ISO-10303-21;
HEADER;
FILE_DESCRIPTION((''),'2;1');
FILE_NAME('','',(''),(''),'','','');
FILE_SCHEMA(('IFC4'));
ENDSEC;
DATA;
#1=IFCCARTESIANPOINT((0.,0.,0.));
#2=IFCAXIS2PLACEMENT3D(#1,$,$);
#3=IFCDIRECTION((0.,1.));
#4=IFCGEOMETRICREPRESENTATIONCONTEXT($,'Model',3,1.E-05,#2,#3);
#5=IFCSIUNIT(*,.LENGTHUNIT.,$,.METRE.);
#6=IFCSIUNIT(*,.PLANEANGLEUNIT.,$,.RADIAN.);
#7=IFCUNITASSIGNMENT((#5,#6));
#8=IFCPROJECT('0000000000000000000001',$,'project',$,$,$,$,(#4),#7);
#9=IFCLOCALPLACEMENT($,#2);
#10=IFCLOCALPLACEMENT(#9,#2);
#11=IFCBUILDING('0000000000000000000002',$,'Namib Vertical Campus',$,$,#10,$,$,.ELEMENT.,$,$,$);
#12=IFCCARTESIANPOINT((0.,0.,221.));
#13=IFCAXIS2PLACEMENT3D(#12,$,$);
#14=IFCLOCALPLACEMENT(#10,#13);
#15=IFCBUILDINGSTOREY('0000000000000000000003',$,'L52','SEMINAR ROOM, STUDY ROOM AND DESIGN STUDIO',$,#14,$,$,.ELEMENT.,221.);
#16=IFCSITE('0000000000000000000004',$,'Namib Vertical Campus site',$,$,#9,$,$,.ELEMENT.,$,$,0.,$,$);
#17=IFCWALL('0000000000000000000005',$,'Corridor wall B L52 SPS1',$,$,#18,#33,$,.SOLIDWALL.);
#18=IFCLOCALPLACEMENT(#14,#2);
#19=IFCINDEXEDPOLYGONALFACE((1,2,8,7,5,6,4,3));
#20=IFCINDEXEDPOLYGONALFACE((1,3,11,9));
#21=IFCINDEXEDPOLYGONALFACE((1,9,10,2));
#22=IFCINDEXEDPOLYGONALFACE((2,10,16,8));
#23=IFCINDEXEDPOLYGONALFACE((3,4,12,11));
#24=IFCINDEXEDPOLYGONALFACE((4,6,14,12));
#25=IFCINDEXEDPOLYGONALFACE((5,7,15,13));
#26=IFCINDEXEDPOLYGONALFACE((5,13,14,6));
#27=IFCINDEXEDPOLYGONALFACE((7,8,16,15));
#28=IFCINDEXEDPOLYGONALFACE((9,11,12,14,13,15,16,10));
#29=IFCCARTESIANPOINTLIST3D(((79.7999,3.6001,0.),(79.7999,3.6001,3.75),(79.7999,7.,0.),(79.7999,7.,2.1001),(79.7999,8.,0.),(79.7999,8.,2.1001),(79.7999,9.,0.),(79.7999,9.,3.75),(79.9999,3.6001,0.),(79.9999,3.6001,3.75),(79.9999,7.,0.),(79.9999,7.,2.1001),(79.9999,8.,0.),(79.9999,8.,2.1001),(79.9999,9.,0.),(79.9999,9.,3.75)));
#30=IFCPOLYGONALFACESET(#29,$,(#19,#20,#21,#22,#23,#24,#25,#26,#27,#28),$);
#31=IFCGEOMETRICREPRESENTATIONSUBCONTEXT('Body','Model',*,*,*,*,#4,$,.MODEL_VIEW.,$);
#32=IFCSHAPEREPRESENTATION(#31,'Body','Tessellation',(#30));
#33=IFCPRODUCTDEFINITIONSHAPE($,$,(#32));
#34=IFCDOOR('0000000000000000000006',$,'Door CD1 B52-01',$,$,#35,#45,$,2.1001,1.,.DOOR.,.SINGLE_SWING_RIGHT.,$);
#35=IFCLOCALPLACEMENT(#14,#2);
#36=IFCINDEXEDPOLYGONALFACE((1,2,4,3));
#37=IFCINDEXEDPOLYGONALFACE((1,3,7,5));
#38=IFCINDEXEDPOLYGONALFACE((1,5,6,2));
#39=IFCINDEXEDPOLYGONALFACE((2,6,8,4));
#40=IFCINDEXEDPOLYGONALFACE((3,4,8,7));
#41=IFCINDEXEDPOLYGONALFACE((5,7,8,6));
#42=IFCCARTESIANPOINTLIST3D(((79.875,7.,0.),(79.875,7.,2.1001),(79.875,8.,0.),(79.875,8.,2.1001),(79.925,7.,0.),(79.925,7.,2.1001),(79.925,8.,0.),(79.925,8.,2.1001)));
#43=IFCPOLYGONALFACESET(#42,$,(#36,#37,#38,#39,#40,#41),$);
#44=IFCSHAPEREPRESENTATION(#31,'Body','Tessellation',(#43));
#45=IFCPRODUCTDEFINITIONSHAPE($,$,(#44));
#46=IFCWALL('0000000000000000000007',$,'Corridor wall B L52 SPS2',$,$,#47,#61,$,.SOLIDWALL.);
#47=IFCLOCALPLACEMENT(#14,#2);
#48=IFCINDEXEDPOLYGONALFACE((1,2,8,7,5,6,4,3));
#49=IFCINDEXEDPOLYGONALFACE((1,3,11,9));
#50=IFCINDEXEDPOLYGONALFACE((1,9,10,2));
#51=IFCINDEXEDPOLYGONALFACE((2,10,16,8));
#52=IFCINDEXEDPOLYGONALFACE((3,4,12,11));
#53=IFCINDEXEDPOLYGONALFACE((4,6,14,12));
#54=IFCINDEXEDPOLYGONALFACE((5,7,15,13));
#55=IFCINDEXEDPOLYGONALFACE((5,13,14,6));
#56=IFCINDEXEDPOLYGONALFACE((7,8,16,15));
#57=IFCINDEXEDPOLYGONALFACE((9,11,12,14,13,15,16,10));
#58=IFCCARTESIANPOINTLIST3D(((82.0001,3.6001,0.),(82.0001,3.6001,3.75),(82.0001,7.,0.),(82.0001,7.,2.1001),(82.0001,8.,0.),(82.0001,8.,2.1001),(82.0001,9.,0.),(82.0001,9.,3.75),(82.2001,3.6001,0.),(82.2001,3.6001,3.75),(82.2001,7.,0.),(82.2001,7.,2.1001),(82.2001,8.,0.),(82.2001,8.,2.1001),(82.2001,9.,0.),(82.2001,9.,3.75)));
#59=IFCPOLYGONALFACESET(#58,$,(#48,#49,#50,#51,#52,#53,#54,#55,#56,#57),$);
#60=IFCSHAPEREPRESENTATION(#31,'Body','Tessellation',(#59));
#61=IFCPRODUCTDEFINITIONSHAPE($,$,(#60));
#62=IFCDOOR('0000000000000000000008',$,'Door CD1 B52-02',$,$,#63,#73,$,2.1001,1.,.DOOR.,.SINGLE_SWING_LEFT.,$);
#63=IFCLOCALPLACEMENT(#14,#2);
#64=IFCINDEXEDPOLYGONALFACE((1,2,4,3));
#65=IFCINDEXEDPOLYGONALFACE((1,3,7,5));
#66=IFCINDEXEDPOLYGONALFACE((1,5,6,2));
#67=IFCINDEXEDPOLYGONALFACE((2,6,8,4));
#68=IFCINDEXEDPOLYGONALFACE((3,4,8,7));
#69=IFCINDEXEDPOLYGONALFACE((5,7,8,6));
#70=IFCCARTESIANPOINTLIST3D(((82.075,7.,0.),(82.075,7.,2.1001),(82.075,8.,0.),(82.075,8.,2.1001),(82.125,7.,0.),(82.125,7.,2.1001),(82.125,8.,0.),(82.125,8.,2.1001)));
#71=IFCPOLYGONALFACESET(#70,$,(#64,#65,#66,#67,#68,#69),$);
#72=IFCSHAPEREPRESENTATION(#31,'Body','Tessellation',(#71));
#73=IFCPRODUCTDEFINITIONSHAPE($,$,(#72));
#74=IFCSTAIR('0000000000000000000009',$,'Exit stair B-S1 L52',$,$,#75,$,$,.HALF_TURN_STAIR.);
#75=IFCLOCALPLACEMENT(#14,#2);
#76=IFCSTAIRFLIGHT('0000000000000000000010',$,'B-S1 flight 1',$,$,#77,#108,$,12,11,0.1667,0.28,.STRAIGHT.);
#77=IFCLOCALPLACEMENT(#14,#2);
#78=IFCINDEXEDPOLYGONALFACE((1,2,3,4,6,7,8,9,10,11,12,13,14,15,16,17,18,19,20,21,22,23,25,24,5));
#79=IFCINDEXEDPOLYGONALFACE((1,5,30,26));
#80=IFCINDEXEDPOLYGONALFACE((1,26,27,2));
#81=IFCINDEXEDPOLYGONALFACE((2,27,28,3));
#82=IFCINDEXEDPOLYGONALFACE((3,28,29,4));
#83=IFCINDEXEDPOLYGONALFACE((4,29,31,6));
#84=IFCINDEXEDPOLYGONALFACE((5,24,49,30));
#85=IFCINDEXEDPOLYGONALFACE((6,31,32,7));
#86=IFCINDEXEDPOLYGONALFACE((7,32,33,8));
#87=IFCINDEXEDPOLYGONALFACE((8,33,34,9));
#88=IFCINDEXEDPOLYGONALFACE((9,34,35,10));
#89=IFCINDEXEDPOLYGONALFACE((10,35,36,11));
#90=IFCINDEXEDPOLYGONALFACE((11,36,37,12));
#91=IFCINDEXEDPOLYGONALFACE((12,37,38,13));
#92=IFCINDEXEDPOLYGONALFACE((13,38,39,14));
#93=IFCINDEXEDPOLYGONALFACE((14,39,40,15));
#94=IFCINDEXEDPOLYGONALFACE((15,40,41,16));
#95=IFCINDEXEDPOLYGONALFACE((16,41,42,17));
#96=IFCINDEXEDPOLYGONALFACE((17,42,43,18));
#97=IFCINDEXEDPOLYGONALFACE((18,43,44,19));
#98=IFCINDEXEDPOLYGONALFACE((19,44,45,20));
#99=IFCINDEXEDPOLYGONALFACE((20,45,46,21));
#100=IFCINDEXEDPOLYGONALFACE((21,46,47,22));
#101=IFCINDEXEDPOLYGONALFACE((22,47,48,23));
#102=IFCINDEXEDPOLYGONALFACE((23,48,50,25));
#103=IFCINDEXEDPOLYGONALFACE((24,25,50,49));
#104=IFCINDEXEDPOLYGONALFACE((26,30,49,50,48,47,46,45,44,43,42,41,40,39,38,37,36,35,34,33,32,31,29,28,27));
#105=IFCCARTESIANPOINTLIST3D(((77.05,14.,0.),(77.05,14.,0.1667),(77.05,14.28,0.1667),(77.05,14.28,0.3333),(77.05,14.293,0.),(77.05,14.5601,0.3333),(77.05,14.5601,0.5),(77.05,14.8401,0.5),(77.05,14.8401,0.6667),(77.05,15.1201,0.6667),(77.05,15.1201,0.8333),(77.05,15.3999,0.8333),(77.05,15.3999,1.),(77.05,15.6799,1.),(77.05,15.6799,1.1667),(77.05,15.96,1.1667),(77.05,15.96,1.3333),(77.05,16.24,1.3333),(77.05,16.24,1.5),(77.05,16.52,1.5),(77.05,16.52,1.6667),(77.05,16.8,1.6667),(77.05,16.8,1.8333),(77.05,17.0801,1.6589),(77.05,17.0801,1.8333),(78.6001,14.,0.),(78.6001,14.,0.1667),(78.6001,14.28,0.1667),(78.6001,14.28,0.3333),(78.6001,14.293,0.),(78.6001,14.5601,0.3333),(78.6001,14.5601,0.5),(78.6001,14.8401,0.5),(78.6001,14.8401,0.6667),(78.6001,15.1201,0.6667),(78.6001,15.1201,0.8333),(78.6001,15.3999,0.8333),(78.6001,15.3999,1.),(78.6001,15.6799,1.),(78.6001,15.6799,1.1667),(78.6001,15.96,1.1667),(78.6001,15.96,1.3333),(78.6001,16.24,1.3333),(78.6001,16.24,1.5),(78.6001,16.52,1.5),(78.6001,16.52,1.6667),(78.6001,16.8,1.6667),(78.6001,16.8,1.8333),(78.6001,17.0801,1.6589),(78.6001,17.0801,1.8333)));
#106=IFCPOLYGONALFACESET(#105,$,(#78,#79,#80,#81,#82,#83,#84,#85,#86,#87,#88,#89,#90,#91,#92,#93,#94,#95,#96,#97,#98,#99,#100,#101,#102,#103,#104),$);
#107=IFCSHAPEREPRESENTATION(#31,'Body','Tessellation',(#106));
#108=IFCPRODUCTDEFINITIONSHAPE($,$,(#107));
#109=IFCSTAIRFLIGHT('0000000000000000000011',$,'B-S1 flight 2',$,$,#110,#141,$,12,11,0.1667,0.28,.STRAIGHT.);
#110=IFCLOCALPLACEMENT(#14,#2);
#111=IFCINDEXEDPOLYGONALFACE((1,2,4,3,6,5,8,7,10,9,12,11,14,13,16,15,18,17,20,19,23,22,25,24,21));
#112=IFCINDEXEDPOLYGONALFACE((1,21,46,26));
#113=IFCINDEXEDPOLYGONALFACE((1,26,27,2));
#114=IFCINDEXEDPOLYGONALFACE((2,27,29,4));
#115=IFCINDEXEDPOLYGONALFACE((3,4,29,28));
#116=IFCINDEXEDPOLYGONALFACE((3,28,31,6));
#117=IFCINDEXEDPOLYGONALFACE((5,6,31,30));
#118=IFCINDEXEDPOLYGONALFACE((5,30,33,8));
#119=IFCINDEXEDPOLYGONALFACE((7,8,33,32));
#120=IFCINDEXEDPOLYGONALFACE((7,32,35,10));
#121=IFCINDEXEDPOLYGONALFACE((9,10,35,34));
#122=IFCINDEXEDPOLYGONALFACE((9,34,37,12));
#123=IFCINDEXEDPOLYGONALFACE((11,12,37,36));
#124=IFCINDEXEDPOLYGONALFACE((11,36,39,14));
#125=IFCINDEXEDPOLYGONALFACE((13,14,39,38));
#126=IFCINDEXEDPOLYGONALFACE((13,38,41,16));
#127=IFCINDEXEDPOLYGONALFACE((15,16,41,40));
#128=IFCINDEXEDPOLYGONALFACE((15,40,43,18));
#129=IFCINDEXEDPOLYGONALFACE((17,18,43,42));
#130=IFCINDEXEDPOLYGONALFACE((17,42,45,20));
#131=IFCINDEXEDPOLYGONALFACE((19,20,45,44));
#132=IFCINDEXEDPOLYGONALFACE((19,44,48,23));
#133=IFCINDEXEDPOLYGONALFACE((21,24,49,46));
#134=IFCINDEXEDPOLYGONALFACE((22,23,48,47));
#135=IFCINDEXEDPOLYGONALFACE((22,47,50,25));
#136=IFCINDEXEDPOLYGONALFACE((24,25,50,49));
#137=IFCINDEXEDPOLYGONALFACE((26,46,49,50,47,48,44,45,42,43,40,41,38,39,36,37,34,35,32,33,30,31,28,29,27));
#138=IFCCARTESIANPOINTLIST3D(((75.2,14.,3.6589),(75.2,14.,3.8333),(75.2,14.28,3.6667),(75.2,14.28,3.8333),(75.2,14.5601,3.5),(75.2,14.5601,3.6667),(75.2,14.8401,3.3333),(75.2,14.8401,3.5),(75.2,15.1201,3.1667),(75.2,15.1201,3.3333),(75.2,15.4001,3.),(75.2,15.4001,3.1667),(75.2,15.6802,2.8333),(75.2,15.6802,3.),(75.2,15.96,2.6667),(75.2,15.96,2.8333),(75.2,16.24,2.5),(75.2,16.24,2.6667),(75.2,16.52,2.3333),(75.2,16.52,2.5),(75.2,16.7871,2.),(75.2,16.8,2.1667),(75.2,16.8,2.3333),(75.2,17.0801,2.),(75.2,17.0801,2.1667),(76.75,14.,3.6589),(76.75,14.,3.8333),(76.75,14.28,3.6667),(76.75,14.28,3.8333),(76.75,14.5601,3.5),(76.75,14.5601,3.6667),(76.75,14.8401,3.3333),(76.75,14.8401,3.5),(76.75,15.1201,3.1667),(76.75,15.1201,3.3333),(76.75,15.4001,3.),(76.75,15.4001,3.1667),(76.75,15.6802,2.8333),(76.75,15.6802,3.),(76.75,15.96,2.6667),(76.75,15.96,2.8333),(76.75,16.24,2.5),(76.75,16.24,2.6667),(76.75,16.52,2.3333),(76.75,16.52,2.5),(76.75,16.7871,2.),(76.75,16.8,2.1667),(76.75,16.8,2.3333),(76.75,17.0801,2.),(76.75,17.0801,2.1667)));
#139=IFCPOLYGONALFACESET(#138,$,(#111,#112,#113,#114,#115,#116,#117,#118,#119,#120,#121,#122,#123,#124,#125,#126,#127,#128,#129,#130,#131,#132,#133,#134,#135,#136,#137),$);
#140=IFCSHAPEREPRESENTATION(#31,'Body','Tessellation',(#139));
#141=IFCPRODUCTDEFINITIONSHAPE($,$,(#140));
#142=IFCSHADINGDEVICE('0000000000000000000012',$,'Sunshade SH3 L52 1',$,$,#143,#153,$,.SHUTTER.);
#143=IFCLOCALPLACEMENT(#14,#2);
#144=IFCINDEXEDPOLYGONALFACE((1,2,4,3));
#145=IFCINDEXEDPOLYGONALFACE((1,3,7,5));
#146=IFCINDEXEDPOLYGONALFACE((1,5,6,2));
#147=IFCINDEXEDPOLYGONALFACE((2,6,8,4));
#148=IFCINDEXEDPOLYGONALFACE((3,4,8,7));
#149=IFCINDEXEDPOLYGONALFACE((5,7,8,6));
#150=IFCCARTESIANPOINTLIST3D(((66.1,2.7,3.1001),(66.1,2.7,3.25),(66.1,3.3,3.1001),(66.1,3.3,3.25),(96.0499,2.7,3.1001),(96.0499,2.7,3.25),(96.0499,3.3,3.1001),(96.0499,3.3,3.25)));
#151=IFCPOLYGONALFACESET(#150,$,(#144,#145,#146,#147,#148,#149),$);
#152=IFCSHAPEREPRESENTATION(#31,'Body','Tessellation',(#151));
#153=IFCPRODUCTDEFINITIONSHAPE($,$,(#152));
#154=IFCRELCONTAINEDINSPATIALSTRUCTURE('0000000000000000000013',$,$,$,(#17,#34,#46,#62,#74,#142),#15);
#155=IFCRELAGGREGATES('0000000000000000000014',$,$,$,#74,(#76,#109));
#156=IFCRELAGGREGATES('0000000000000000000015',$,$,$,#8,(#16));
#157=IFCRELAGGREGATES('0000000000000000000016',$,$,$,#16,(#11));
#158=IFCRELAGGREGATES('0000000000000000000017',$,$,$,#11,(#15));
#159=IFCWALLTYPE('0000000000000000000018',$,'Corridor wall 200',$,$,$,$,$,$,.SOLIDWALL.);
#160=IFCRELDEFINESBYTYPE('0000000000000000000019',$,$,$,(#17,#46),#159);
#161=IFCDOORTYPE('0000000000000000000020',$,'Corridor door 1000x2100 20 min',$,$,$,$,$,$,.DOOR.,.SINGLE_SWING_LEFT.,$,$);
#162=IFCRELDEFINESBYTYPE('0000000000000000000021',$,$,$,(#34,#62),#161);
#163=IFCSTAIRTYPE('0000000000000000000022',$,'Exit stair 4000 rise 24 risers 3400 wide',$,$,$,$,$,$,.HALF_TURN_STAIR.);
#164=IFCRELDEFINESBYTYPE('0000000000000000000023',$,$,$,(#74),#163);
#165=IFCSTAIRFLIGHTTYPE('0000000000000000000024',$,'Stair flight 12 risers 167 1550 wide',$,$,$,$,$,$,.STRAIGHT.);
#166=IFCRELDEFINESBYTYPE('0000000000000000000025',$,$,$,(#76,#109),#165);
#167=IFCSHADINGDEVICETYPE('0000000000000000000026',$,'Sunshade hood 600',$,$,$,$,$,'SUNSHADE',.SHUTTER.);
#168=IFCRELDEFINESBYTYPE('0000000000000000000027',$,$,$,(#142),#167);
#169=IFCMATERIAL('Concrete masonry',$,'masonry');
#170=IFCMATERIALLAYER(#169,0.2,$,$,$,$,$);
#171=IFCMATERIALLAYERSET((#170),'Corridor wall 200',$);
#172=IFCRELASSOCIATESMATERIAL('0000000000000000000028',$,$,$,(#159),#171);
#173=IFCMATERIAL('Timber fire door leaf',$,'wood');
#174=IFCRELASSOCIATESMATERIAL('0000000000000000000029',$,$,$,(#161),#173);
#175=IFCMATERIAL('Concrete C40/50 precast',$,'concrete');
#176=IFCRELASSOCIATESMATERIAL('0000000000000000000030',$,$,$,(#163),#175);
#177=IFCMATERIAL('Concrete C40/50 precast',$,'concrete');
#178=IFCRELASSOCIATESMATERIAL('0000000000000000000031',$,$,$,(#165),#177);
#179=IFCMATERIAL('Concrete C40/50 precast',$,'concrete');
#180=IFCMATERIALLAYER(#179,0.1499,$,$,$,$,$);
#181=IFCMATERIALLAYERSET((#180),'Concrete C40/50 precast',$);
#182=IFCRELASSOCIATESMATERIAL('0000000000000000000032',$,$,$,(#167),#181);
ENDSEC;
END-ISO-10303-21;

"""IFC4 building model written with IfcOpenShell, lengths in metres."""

from ifc_helpers import new_model, si_unit, direction, frame, frame_2d, origin, origin_2d, place, context, subcontext, project, spatial, polyline, rectangle, outline, extrude, material, layer, layer_set, type_object, element, fill, aggregate, save


model = new_model("IFC4")

# Units and contexts
model_context = context("Model", 3, precision=1e-05, world=origin(), true_north=direction((0.0, 1.0)))
body_context = subcontext(model_context, "Body", "Model", "MODEL_VIEW")
ifc_project = project(units=[si_unit("LENGTHUNIT", "METRE"), si_unit("PLANEANGLEUNIT", "RADIAN")], contexts=[model_context])

# Site, building, storey
site_placement = place(None, origin())
site = spatial("IfcSite", under=ifc_project, at=site_placement, Name="Namib Vertical Campus site", CompositionType="ELEMENT", RefElevation=0.0)
building_placement = place(site_placement, origin())
building = spatial("IfcBuilding", under=site, at=building_placement, Name="Namib Vertical Campus", CompositionType="ELEMENT")
storey_placement = place(building_placement, frame((0.0, 0.0, 221.0)))
storey = spatial("IfcBuildingStorey", under=building, at=storey_placement, Name="L52", Description="SEMINAR ROOM, STUDY ROOM AND DESIGN STUDIO", CompositionType="ELEMENT", Elevation=221.0)

# Walls, openings, doors
ifc_material_1 = material(Name="Concrete masonry", Category="masonry")
ifc_layer_1 = layer(ifc_material_1, 0.2)
ifc_layer_set_1 = layer_set([ifc_layer_1], Name="Corridor wall 200")
wall_type_1 = type_object("IfcWallType", Name="Corridor wall 200", PredefinedType="SOLIDWALL", material=ifc_layer_set_1)
wall_1_placement = place(storey_placement, frame((79.8999, 3.6001, 0.0), z_axis=(0.0, 0.0, 1.0), x_axis=(0.0, 1.0, 0.0)))
wall_1 = element("IfcWall", 1, at=wall_1_placement, inside=storey, type_object=wall_type_1, Name="Corridor wall B L52 SPS1", PredefinedType="SOLIDWALL", context=body_context, shape_type="SweptSolid", body=[
    extrude(rectangle(XDim=5.3999, YDim=0.2, at=frame_2d((2.7, 0.0))), origin(), (0.0, 0.0, 1.0), 3.75),
])
opening_1_placement = place(wall_1_placement, frame((3.3999, 0.0, 0.0)))
opening_1 = element("IfcOpeningElement", 2, at=opening_1_placement, cuts=wall_1, PredefinedType="OPENING", context=body_context, shape_type="SweptSolid", body=[
    extrude(rectangle(XDim=1.0, YDim=2.1001, at=frame_2d((0.5, 1.05))), frame((0.0, 0.1099, 0.0), z_axis=(0.0, -1.0, 0.0), x_axis=(1.0, 0.0, 0.0)), (0.0, 0.0, 1.0), 0.22),
])
ifc_material_2 = material(Name="Timber fire door leaf", Category="wood")
door_type_1 = type_object("IfcDoorType", Name="Corridor door 1000x2100 20 min", OperationType="SINGLE_SWING_LEFT", PredefinedType="DOOR", material=ifc_material_2)
door_1_placement = place(opening_1_placement, origin())
door_1 = element("IfcDoor", 3, at=door_1_placement, inside=storey, type_object=door_type_1, Name="Door CD1 B52-01", OperationType="SINGLE_SWING_RIGHT", OverallHeight=2.1001, OverallWidth=1.0, PredefinedType="DOOR", context=body_context, shape_type="SweptSolid", body=[
    extrude(rectangle(XDim=1.0, YDim=2.1001, at=frame_2d((0.5, 1.05))), frame((0.0, 0.0249, 0.0), z_axis=(0.0, -1.0, 0.0), x_axis=(1.0, 0.0, 0.0)), (0.0, 0.0, 1.0), 0.05),
])
fill(opening_1, door_1)
wall_2_placement = place(storey_placement, frame((82.1001, 9.0, 0.0), z_axis=(0.0, 0.0, 1.0), x_axis=(0.0, -1.0, 0.0)))
wall_2 = element("IfcWall", 4, at=wall_2_placement, inside=storey, type_object=wall_type_1, Name="Corridor wall B L52 SPS2", PredefinedType="SOLIDWALL", context=body_context, shape_type="SweptSolid", body=[
    extrude(rectangle(XDim=5.3999, YDim=0.2, at=frame_2d((2.7, 0.0))), origin(), (0.0, 0.0, 1.0), 3.75),
])
opening_2_placement = place(wall_2_placement, frame((1.0, 0.0, 0.0)))
opening_2 = element("IfcOpeningElement", 5, at=opening_2_placement, cuts=wall_2, PredefinedType="OPENING", context=body_context, shape_type="SweptSolid", body=[
    extrude(rectangle(XDim=1.0, YDim=2.1001, at=frame_2d((0.5, 1.05))), frame((0.0, 0.1099, 0.0), z_axis=(0.0, -1.0, 0.0), x_axis=(1.0, 0.0, 0.0)), (0.0, 0.0, 1.0), 0.22),
])
door_2_placement = place(opening_2_placement, origin())
door_2 = element("IfcDoor", 6, at=door_2_placement, inside=storey, type_object=door_type_1, Name="Door CD1 B52-02", OperationType="SINGLE_SWING_LEFT", OverallHeight=2.1001, OverallWidth=1.0, PredefinedType="DOOR", context=body_context, shape_type="SweptSolid", body=[
    extrude(rectangle(XDim=1.0, YDim=2.1001, at=frame_2d((0.5, 1.05))), frame((0.0, 0.0249, 0.0), z_axis=(0.0, -1.0, 0.0), x_axis=(1.0, 0.0, 0.0)), (0.0, 0.0, 1.0), 0.05),
])
fill(opening_2, door_2)

# Stair, stair flights
ifc_material_3 = material(Name="Concrete C40/50 precast", Category="concrete")
stair_type = type_object("IfcStairType", Name="Exit stair 4000 rise 24 risers 3400 wide", PredefinedType="HALF_TURN_STAIR", material=ifc_material_3)
stair_placement = place(storey_placement, origin())
stair = element("IfcStair", 7, at=stair_placement, inside=storey, type_object=stair_type, Name="Exit stair B-S1 L52", PredefinedType="HALF_TURN_STAIR")
ifc_material_4 = material(Name="Concrete C40/50 precast", Category="concrete")
stair_flight_type = type_object("IfcStairFlightType", Name="Stair flight 12 risers 167 1550 wide", PredefinedType="STRAIGHT", material=ifc_material_4)
stair_flight_1_placement = place(storey_placement, frame((77.825, 14.0, 0.0), z_axis=(0.0, 0.0, 1.0), x_axis=(0.0, 1.0, 0.0)))
stair_flight_1 = element("IfcStairFlight", 8, at=stair_flight_1_placement, type_object=stair_flight_type, Name="B-S1 flight 1", NumberOfRisers=12, NumberOfTreads=11, PredefinedType="STRAIGHT", RiserHeight=0.1667, TreadLength=0.28, context=body_context, shape_type="SweptSolid", body=[
    extrude(outline(polyline([(0.0, 0.0), (0.0, 0.1667), (0.28, 0.1667), (0.28, 0.3333), (0.5601, 0.3333), (0.5601, 0.5), (0.8401, 0.5), (0.8401, 0.6667), (1.1201, 0.6667), (1.1201, 0.8333), (1.3999, 0.8333), (1.3999, 1.0), (1.6799, 1.0), (1.6799, 1.1667), (1.96, 1.1667), (1.96, 1.3333), (2.24, 1.3333), (2.24, 1.5), (2.52, 1.5), (2.52, 1.6667), (2.8, 1.6667), (2.8, 1.8333), (3.0801, 1.8333), (3.0801, 2.0), (3.0801, 1.6589), (0.293, 0.0), (0.0, 0.0)])), frame((0.0, 0.7749, 0.0), z_axis=(0.0, -1.0, 0.0), x_axis=(1.0, 0.0, 0.0)), (0.0, 0.0, 1.0), 1.55),
])
stair_flight_2_placement = place(storey_placement, frame((75.9751, 17.0801, 2.0), z_axis=(0.0, 0.0, 1.0), x_axis=(0.0, -1.0, 0.0)))
stair_flight_2 = element("IfcStairFlight", 9, at=stair_flight_2_placement, type_object=stair_flight_type, Name="B-S1 flight 2", NumberOfRisers=12, NumberOfTreads=11, PredefinedType="STRAIGHT", RiserHeight=0.1667, TreadLength=0.28, context=body_context, shape_type="SweptSolid", body=[
    extrude(outline(polyline([(0.0, 0.0), (0.0, 0.1667), (0.28, 0.1667), (0.28, 0.3333), (0.5601, 0.3333), (0.5601, 0.5), (0.8401, 0.5), (0.8401, 0.6667), (1.1201, 0.6667), (1.1201, 0.8333), (1.3999, 0.8333), (1.3999, 1.0), (1.6799, 1.0), (1.6799, 1.1667), (1.96, 1.1667), (1.96, 1.3333), (2.24, 1.3333), (2.24, 1.5), (2.52, 1.5), (2.52, 1.6667), (2.8, 1.6667), (2.8, 1.8333), (3.0801, 1.8333), (3.0801, 2.0), (3.0801, 1.6589), (0.293, 0.0), (0.0, 0.0)])), frame((0.0, 0.7749, 0.0), z_axis=(0.0, -1.0, 0.0), x_axis=(1.0, 0.0, 0.0)), (0.0, 0.0, 1.0), 1.55),
])
aggregate(stair, [stair_flight_1, stair_flight_2])

# Shading device
ifc_material_5 = material(Name="Concrete C40/50 precast", Category="concrete")
ifc_layer_2 = layer(ifc_material_5, 0.1499)
ifc_layer_set_2 = layer_set([ifc_layer_2], Name="Concrete C40/50 precast")
shading_device_type = type_object("IfcShadingDeviceType", Name="Sunshade hood 600", ElementType="SUNSHADE", PredefinedType="SHUTTER", material=ifc_layer_set_2)
shading_device_placement = place(storey_placement, frame((81.075, 3.0, 3.1001), z_axis=(0.0, 0.0, 1.0), x_axis=(1.0, 0.0, 0.0)))
element("IfcShadingDevice", 10, at=shading_device_placement, inside=storey, type_object=shading_device_type, Name="Sunshade SH3 L52 1", PredefinedType="SHUTTER", context=body_context, shape_type="SweptSolid", body=[
    extrude(rectangle(XDim=29.95, YDim=0.6001, at=origin_2d()), origin(), (0.0, 0.0, 1.0), 0.1499),
])

save(model, "model.ifc")
